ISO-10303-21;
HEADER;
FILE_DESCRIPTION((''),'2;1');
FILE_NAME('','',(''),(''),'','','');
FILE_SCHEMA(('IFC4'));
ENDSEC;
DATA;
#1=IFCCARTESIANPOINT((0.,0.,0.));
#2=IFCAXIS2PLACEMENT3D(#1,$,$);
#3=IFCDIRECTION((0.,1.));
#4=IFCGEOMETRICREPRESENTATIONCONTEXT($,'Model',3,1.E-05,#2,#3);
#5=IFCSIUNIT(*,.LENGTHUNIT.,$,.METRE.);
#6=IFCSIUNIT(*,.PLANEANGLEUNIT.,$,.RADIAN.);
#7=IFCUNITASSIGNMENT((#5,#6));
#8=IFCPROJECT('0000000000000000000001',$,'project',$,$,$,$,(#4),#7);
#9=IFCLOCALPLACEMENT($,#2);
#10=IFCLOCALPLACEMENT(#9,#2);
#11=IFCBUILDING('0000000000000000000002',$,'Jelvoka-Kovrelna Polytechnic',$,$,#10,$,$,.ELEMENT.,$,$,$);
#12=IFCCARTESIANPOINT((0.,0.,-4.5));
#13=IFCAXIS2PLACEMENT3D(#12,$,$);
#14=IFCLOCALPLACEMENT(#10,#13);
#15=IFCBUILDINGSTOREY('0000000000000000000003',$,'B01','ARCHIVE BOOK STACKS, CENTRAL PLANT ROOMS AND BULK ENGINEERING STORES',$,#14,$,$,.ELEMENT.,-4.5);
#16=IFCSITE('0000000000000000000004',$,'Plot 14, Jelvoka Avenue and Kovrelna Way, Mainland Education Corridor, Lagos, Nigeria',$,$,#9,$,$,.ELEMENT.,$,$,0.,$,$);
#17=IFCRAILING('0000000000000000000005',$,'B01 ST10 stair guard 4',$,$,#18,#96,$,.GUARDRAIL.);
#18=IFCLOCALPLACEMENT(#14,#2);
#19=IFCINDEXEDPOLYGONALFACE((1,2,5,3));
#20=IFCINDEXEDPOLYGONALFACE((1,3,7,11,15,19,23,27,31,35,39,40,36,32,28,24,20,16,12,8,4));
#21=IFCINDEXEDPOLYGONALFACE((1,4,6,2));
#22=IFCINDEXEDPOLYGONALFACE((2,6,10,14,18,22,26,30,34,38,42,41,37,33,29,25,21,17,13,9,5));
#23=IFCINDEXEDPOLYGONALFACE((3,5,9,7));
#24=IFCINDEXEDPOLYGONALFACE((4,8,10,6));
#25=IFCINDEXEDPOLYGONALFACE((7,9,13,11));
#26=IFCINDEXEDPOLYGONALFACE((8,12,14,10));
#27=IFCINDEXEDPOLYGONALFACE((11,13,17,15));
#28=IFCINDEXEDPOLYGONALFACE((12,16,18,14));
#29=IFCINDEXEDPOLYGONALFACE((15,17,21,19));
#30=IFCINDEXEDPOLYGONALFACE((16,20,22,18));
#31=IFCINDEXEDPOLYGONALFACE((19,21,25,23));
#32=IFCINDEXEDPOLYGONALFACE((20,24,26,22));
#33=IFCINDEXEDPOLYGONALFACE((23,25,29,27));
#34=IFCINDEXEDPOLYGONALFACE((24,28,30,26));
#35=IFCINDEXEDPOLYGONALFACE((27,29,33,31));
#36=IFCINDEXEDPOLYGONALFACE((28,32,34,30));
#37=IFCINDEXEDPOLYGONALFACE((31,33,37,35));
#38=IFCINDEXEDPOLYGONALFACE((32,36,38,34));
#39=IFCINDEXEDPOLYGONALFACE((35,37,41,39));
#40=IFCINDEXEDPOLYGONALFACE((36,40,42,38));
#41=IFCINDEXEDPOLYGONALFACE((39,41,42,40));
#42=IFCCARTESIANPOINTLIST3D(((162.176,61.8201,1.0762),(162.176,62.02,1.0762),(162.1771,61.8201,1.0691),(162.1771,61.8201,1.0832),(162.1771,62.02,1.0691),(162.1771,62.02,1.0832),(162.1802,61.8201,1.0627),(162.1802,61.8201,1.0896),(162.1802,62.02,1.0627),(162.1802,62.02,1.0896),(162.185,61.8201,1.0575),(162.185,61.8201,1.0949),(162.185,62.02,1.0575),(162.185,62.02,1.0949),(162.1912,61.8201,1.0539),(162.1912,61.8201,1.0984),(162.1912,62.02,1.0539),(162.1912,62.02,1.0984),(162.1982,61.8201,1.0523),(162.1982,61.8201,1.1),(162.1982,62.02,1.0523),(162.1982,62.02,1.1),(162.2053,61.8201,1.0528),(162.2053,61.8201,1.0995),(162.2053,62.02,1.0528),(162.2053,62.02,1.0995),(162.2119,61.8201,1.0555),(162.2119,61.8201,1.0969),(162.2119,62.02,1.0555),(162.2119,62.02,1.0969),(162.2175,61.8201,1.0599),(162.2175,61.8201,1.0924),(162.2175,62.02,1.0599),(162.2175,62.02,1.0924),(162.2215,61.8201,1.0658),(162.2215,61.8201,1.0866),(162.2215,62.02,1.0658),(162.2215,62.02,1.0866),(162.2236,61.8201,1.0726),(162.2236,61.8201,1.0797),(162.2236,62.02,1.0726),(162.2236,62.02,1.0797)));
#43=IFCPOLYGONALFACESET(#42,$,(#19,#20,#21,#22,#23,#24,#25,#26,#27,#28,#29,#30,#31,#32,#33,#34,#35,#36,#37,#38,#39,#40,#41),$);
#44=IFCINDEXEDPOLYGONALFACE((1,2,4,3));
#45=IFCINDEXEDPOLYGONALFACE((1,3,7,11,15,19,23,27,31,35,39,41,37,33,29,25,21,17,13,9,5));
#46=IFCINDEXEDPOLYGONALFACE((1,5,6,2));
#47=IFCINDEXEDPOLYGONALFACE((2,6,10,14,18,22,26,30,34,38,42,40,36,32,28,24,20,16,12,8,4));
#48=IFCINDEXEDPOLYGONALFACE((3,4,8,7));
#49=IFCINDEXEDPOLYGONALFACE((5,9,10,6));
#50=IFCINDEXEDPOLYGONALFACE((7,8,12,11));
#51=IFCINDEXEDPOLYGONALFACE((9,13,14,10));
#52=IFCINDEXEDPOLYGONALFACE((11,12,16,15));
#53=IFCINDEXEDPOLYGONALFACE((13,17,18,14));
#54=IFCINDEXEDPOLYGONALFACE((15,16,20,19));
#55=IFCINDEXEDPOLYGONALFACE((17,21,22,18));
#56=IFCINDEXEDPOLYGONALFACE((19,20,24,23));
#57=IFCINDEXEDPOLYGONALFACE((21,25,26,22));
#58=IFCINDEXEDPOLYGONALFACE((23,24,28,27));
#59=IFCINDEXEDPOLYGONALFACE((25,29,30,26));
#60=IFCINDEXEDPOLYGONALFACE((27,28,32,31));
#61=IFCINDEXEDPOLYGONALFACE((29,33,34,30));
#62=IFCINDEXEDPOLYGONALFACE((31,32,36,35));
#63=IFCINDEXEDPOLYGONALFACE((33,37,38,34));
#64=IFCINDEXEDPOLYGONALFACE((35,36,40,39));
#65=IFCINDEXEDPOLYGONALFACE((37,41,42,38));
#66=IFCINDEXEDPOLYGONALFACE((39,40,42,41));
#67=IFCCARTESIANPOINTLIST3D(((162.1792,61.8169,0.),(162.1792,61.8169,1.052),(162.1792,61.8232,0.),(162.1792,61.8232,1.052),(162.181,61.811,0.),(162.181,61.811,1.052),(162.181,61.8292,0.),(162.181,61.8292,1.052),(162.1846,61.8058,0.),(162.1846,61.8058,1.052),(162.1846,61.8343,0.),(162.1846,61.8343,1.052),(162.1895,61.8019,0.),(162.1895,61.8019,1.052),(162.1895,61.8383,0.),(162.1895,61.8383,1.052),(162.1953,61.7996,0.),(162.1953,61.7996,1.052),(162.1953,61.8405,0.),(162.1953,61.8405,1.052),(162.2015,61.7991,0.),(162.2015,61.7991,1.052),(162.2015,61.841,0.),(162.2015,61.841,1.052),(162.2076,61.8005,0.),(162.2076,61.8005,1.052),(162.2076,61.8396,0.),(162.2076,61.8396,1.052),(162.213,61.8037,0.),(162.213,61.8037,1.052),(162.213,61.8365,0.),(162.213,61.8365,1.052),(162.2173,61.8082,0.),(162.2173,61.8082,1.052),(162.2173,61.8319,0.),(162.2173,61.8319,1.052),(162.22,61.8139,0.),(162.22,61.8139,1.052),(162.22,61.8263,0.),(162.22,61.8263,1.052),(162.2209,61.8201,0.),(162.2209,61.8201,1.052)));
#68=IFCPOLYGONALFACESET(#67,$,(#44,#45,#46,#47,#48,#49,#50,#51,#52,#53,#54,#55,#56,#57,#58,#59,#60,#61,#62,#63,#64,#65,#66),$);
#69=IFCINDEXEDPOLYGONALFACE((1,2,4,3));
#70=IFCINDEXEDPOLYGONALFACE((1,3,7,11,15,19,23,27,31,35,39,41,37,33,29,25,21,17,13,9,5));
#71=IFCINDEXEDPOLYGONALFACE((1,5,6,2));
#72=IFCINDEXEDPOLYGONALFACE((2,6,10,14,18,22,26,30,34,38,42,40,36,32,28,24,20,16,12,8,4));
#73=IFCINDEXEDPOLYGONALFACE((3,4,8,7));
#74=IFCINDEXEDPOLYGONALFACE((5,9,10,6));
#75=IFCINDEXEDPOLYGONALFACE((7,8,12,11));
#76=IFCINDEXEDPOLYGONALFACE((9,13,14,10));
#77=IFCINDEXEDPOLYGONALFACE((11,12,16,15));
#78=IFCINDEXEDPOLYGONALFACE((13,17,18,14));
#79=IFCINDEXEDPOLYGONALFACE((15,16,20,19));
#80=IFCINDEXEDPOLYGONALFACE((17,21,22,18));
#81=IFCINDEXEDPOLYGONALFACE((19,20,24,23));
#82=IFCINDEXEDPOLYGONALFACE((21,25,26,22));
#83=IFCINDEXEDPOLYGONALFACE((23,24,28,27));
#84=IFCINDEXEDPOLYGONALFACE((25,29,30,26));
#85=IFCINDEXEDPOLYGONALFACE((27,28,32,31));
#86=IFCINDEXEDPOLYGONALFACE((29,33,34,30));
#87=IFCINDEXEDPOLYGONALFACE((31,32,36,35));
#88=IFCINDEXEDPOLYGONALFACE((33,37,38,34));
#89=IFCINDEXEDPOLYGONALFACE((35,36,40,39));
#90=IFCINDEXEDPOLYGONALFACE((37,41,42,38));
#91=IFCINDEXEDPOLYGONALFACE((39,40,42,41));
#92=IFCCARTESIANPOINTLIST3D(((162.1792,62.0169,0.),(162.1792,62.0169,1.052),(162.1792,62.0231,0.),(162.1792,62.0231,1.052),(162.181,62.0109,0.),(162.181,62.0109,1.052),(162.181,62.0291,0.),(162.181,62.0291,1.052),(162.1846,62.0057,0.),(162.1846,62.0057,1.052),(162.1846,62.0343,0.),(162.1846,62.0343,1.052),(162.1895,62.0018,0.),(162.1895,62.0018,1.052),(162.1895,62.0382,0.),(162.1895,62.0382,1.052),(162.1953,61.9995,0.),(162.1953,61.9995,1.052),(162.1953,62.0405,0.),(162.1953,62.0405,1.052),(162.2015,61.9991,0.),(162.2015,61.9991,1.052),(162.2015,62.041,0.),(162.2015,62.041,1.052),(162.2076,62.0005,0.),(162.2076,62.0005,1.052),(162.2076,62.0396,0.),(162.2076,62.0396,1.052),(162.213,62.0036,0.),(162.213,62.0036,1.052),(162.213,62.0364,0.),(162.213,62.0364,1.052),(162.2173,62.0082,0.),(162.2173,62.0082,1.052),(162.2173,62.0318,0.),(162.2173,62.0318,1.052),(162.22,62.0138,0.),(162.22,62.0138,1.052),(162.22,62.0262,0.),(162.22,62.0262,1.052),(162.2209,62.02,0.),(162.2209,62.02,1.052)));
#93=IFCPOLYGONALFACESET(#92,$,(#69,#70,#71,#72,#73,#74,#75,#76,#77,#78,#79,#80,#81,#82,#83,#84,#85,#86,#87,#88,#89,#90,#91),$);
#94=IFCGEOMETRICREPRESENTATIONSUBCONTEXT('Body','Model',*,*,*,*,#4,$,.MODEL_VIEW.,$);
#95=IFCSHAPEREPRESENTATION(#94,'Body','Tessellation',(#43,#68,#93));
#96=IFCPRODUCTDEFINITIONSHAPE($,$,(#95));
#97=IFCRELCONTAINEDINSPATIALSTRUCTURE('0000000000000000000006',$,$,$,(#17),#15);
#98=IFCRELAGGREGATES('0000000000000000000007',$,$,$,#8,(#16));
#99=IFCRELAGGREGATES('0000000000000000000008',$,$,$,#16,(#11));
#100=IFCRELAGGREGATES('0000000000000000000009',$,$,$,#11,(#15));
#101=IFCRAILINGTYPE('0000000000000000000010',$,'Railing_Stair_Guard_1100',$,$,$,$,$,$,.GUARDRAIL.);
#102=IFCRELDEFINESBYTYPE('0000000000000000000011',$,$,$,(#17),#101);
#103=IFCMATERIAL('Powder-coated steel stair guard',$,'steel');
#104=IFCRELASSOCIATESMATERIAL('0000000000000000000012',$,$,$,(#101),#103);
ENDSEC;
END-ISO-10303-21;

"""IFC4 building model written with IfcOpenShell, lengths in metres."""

from ifc_helpers import new_model, si_unit, direction, frame, origin, origin_2d, place, context, subcontext, project, spatial, circle, extrude, material, type_object, element, save


model = new_model("IFC4")

# Units and contexts
model_context = context("Model", 3, precision=1e-05, world=origin(), true_north=direction((0.0, 1.0)))
body_context = subcontext(model_context, "Body", "Model", "MODEL_VIEW")
ifc_project = project(units=[si_unit("LENGTHUNIT", "METRE"), si_unit("PLANEANGLEUNIT", "RADIAN")], contexts=[model_context])

# Site, building, storey
site_placement = place(None, origin())
site = spatial("IfcSite", under=ifc_project, at=site_placement, Name="Plot 14, Jelvoka Avenue and Kovrelna Way, Mainland Education Corridor, Lagos, Nigeria", CompositionType="ELEMENT", RefElevation=0.0)
building_placement = place(site_placement, origin())
building = spatial("IfcBuilding", under=site, at=building_placement, Name="Jelvoka-Kovrelna Polytechnic", CompositionType="ELEMENT")
storey_placement = place(building_placement, frame((0.0, 0.0, -4.5)))
storey = spatial("IfcBuildingStorey", under=building, at=storey_placement, Name="B01", Description="ARCHIVE BOOK STACKS, CENTRAL PLANT ROOMS AND BULK ENGINEERING STORES", CompositionType="ELEMENT", Elevation=-4.5)

# Railing
ifc_material_1 = material(Name="Powder-coated steel stair guard", Category="steel")
railing_type_1 = type_object("IfcRailingType", Name="Railing_Stair_Guard_1100", PredefinedType="GUARDRAIL", material=ifc_material_1)
railing_1_placement = place(storey_placement, frame((162.2, 61.8201, 0.0)))
element("IfcRailing", 1, at=railing_1_placement, inside=storey, type_object=railing_type_1, Name="B01 ST10 stair guard 4", PredefinedType="GUARDRAIL", context=body_context, shape_type="SweptSolid", body=[
    extrude(circle(Radius=0.0239, at=origin_2d()), frame((0.0, 0.0, 1.0762), z_axis=(0.0, 1.0, 0.0), x_axis=(-1.0, 0.0, 0.0)), (0.0, 0.0, 1.0), 0.2),
    extrude(circle(Radius=0.021, at=origin_2d()), origin(), (0.0, 0.0, 1.0), 1.052),
    extrude(circle(Radius=0.021, at=origin_2d()), frame((0.0, 0.2, 0.0)), (0.0, 0.0, 1.0), 1.052),
])

save(model, "model.ifc")
